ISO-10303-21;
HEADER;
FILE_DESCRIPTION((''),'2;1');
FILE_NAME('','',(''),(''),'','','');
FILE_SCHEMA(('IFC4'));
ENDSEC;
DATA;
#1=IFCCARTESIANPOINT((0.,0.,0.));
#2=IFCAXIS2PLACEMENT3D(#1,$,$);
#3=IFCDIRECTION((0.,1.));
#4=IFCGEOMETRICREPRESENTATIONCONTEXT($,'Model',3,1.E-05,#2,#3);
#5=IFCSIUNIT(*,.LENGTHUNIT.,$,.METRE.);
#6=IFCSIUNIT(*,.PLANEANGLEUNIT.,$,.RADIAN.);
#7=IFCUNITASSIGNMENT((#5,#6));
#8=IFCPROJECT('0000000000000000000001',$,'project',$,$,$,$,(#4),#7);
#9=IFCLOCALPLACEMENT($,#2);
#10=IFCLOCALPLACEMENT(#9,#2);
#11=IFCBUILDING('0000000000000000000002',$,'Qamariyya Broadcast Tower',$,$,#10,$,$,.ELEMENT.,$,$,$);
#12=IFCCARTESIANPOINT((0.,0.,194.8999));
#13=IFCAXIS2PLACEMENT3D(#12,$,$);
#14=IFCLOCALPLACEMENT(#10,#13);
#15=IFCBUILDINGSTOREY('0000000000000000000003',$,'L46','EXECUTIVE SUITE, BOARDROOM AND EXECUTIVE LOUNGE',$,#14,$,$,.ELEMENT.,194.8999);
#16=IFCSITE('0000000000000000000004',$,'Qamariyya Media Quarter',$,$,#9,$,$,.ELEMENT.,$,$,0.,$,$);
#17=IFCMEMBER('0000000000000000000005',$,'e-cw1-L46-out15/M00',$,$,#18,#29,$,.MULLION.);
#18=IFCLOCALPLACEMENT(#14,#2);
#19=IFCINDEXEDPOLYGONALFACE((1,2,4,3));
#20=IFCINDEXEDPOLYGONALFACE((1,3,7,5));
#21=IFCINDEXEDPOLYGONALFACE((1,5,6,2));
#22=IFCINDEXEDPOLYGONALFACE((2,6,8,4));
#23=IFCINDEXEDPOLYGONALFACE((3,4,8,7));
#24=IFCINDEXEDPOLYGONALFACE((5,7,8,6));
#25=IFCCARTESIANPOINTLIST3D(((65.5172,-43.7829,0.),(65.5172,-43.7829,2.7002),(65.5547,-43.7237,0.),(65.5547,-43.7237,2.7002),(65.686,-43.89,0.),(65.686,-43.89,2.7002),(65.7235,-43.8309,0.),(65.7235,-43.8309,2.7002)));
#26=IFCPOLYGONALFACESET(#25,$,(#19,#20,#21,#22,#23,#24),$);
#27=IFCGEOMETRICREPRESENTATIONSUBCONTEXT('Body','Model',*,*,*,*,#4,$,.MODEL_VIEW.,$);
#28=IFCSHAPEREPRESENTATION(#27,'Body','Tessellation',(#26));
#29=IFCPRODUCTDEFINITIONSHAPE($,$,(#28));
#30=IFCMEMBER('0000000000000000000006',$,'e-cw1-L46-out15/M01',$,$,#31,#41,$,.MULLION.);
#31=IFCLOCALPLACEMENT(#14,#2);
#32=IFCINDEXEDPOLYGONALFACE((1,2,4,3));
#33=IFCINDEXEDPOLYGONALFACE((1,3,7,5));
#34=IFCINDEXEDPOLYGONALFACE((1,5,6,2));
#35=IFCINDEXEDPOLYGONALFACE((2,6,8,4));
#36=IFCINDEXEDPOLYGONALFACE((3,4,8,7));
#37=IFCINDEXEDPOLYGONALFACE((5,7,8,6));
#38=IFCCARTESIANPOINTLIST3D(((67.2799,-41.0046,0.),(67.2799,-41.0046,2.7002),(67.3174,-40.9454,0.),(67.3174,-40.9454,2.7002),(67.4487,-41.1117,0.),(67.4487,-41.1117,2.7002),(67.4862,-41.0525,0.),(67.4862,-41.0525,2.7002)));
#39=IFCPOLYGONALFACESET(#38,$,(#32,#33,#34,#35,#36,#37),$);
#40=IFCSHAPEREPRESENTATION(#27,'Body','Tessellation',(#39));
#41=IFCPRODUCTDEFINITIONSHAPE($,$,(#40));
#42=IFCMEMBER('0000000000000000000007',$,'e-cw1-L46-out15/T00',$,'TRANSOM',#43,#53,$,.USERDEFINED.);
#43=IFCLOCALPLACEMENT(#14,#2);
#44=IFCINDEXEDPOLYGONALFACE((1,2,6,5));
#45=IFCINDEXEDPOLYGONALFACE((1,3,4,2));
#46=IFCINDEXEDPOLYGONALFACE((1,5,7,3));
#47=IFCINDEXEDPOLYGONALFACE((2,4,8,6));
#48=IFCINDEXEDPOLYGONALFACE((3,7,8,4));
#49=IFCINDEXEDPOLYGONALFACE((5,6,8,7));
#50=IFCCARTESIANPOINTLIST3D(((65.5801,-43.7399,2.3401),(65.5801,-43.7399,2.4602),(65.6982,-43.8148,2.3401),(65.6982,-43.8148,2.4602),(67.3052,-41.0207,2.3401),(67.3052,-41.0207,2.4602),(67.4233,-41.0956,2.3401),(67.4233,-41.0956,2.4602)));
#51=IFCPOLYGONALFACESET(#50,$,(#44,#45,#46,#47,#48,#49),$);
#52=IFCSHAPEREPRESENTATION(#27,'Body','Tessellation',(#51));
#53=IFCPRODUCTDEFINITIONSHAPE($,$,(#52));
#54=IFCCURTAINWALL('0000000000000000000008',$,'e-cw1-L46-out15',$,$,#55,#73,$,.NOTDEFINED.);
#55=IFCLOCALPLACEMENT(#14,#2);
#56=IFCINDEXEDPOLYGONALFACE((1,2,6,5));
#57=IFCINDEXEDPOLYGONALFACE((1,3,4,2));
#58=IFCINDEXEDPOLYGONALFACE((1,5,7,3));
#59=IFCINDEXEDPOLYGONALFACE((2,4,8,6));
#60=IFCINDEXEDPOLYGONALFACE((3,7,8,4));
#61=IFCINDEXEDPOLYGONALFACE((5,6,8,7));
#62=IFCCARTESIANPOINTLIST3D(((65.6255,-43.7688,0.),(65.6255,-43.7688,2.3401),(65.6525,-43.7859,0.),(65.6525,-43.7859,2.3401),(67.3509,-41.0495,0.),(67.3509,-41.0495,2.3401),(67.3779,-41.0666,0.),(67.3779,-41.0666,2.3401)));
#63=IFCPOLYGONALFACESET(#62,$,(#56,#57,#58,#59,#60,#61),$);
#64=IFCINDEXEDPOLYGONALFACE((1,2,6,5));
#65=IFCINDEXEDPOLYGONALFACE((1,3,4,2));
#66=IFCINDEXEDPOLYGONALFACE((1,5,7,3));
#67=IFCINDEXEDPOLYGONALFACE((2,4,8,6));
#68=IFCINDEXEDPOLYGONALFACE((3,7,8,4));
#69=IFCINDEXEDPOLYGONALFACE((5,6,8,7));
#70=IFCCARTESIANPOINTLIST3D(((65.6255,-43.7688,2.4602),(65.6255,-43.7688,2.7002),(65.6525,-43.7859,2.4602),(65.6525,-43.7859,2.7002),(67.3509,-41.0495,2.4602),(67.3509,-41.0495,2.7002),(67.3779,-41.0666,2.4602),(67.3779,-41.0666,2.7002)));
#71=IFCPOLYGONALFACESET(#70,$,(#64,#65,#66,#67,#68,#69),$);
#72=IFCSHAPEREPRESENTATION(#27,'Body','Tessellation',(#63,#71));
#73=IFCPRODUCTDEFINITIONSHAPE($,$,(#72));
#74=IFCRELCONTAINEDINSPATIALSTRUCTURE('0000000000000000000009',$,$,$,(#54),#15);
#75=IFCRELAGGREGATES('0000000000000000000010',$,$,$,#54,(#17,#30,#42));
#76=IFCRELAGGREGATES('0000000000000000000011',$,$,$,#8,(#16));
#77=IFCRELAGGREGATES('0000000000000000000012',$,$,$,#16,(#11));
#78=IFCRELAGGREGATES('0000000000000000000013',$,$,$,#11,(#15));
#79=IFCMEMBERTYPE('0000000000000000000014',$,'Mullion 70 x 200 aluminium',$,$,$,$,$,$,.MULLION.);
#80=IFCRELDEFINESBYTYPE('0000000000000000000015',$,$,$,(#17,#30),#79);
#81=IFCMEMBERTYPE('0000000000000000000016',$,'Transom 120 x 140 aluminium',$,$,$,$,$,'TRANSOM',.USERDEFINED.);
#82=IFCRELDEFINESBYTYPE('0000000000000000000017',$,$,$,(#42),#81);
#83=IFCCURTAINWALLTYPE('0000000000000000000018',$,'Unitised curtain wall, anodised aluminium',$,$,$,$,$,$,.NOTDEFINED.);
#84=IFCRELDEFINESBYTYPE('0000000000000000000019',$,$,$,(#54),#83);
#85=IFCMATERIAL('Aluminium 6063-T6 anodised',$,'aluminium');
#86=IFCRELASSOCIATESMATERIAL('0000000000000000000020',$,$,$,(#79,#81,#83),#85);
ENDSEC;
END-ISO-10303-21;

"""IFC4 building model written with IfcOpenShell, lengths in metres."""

from ifc_helpers import new_model, si_unit, direction, frame, origin, origin_2d, place, context, subcontext, project, spatial, rectangle, extrude, material, material_profile, profile_set, type_object, element, aggregate, save


model = new_model("IFC4")

# Units and contexts
model_context = context("Model", 3, precision=1e-05, world=origin(), true_north=direction((0.0, 1.0)))
body_context = subcontext(model_context, "Body", "Model", "MODEL_VIEW")
ifc_project = project(units=[si_unit("LENGTHUNIT", "METRE"), si_unit("PLANEANGLEUNIT", "RADIAN")], contexts=[model_context])

# Members
ifc_material = material(Name="Aluminium 6063-T6 anodised", Category="aluminium")
ifc_material_profile_1 = material_profile(ifc_material, rectangle(XDim=0.2, YDim=0.0701, at=origin_2d()))
ifc_profile_set_1 = profile_set([ifc_material_profile_1], Name="Aluminium 6063-T6 anodised")
member_type_1 = type_object("IfcMemberType", Name="Mullion 70 x 200 aluminium", PredefinedType="MULLION", material=ifc_profile_set_1)
site_placement = place(None, origin())
building_placement = place(site_placement, origin())
storey_placement = place(building_placement, frame((0.0, 0.0, 194.8999)))
member_1_placement = place(storey_placement, frame((65.6204, -43.8069, 0.0), z_axis=(0.0, 0.0, 1.0), x_axis=(-0.844406, 0.535704, 0.0)))
member_1 = element("IfcMember", 1, at=member_1_placement, type_object=member_type_1, Name="e-cw1-L46-out15/M00", PredefinedType="MULLION", context=body_context, shape_type="SweptSolid", body=[
    extrude(rectangle(XDim=0.2, YDim=0.0701, at=origin_2d()), origin(), (0.0, 0.0, 1.0), 2.7002),
])
member_2_placement = place(storey_placement, frame((67.3831, -41.0286, 0.0), z_axis=(0.0, 0.0, 1.0), x_axis=(-0.844406, 0.535704, 0.0)))
member_2 = element("IfcMember", 2, at=member_2_placement, type_object=member_type_1, Name="e-cw1-L46-out15/M01", PredefinedType="MULLION", context=body_context, shape_type="SweptSolid", body=[
    extrude(rectangle(XDim=0.2, YDim=0.0701, at=origin_2d()), origin(), (0.0, 0.0, 1.0), 2.7002),
])
ifc_material_profile_2 = material_profile(ifc_material, rectangle(XDim=0.1399, YDim=0.1201, at=origin_2d()))
ifc_profile_set_2 = profile_set([ifc_material_profile_2], Name="Aluminium 6063-T6 anodised")
member_type_2 = type_object("IfcMemberType", Name="Transom 120 x 140 aluminium", ElementType="TRANSOM", PredefinedType="USERDEFINED", material=ifc_profile_set_2)
member_3_placement = place(storey_placement, frame((65.6392, -43.7773, 2.4001), z_axis=(0.535698, 0.84441, 0.0), x_axis=(-0.84441, 0.535698, 0.0)))
member_3 = element("IfcMember", 3, at=member_3_placement, type_object=member_type_2, Name="e-cw1-L46-out15/T00", ObjectType="TRANSOM", PredefinedType="USERDEFINED", context=body_context, shape_type="SweptSolid", body=[
    extrude(rectangle(XDim=0.1399, YDim=0.1201, at=origin_2d()), origin(), (0.0, 0.0, 1.0), 3.2202),
])

# Site, building, storey
site = spatial("IfcSite", under=ifc_project, at=site_placement, Name="Qamariyya Media Quarter", CompositionType="ELEMENT", RefElevation=0.0)
building = spatial("IfcBuilding", under=site, at=building_placement, Name="Qamariyya Broadcast Tower", CompositionType="ELEMENT")
storey = spatial("IfcBuildingStorey", under=building, at=storey_placement, Name="L46", Description="EXECUTIVE SUITE, BOARDROOM AND EXECUTIVE LOUNGE", CompositionType="ELEMENT", Elevation=194.8999)

# Curtain wall
curtain_wall_type = type_object("IfcCurtainWallType", Name="Unitised curtain wall, anodised aluminium", PredefinedType="NOTDEFINED", material=ifc_material)
curtain_wall_1_placement = place(storey_placement, origin())
curtain_wall_1 = element("IfcCurtainWall", 4, at=curtain_wall_1_placement, inside=storey, type_object=curtain_wall_type, Name="e-cw1-L46-out15", PredefinedType="NOTDEFINED", context=body_context, shape_type="SweptSolid", body=[
    extrude(rectangle(XDim=3.2205, YDim=0.032, at=origin_2d()), frame((66.5017, -42.4177, 0.0), x_axis=(0.535747, 0.844379, 0.0)), (0.0, 0.0, 1.0), 2.3401),
    extrude(rectangle(XDim=3.2205, YDim=0.032, at=origin_2d()), frame((66.5017, -42.4177, 2.4602), x_axis=(0.535747, 0.844379, 0.0)), (0.0, 0.0, 1.0), 0.24),
])
aggregate(curtain_wall_1, [member_1, member_2, member_3])

save(model, "model.ifc")
